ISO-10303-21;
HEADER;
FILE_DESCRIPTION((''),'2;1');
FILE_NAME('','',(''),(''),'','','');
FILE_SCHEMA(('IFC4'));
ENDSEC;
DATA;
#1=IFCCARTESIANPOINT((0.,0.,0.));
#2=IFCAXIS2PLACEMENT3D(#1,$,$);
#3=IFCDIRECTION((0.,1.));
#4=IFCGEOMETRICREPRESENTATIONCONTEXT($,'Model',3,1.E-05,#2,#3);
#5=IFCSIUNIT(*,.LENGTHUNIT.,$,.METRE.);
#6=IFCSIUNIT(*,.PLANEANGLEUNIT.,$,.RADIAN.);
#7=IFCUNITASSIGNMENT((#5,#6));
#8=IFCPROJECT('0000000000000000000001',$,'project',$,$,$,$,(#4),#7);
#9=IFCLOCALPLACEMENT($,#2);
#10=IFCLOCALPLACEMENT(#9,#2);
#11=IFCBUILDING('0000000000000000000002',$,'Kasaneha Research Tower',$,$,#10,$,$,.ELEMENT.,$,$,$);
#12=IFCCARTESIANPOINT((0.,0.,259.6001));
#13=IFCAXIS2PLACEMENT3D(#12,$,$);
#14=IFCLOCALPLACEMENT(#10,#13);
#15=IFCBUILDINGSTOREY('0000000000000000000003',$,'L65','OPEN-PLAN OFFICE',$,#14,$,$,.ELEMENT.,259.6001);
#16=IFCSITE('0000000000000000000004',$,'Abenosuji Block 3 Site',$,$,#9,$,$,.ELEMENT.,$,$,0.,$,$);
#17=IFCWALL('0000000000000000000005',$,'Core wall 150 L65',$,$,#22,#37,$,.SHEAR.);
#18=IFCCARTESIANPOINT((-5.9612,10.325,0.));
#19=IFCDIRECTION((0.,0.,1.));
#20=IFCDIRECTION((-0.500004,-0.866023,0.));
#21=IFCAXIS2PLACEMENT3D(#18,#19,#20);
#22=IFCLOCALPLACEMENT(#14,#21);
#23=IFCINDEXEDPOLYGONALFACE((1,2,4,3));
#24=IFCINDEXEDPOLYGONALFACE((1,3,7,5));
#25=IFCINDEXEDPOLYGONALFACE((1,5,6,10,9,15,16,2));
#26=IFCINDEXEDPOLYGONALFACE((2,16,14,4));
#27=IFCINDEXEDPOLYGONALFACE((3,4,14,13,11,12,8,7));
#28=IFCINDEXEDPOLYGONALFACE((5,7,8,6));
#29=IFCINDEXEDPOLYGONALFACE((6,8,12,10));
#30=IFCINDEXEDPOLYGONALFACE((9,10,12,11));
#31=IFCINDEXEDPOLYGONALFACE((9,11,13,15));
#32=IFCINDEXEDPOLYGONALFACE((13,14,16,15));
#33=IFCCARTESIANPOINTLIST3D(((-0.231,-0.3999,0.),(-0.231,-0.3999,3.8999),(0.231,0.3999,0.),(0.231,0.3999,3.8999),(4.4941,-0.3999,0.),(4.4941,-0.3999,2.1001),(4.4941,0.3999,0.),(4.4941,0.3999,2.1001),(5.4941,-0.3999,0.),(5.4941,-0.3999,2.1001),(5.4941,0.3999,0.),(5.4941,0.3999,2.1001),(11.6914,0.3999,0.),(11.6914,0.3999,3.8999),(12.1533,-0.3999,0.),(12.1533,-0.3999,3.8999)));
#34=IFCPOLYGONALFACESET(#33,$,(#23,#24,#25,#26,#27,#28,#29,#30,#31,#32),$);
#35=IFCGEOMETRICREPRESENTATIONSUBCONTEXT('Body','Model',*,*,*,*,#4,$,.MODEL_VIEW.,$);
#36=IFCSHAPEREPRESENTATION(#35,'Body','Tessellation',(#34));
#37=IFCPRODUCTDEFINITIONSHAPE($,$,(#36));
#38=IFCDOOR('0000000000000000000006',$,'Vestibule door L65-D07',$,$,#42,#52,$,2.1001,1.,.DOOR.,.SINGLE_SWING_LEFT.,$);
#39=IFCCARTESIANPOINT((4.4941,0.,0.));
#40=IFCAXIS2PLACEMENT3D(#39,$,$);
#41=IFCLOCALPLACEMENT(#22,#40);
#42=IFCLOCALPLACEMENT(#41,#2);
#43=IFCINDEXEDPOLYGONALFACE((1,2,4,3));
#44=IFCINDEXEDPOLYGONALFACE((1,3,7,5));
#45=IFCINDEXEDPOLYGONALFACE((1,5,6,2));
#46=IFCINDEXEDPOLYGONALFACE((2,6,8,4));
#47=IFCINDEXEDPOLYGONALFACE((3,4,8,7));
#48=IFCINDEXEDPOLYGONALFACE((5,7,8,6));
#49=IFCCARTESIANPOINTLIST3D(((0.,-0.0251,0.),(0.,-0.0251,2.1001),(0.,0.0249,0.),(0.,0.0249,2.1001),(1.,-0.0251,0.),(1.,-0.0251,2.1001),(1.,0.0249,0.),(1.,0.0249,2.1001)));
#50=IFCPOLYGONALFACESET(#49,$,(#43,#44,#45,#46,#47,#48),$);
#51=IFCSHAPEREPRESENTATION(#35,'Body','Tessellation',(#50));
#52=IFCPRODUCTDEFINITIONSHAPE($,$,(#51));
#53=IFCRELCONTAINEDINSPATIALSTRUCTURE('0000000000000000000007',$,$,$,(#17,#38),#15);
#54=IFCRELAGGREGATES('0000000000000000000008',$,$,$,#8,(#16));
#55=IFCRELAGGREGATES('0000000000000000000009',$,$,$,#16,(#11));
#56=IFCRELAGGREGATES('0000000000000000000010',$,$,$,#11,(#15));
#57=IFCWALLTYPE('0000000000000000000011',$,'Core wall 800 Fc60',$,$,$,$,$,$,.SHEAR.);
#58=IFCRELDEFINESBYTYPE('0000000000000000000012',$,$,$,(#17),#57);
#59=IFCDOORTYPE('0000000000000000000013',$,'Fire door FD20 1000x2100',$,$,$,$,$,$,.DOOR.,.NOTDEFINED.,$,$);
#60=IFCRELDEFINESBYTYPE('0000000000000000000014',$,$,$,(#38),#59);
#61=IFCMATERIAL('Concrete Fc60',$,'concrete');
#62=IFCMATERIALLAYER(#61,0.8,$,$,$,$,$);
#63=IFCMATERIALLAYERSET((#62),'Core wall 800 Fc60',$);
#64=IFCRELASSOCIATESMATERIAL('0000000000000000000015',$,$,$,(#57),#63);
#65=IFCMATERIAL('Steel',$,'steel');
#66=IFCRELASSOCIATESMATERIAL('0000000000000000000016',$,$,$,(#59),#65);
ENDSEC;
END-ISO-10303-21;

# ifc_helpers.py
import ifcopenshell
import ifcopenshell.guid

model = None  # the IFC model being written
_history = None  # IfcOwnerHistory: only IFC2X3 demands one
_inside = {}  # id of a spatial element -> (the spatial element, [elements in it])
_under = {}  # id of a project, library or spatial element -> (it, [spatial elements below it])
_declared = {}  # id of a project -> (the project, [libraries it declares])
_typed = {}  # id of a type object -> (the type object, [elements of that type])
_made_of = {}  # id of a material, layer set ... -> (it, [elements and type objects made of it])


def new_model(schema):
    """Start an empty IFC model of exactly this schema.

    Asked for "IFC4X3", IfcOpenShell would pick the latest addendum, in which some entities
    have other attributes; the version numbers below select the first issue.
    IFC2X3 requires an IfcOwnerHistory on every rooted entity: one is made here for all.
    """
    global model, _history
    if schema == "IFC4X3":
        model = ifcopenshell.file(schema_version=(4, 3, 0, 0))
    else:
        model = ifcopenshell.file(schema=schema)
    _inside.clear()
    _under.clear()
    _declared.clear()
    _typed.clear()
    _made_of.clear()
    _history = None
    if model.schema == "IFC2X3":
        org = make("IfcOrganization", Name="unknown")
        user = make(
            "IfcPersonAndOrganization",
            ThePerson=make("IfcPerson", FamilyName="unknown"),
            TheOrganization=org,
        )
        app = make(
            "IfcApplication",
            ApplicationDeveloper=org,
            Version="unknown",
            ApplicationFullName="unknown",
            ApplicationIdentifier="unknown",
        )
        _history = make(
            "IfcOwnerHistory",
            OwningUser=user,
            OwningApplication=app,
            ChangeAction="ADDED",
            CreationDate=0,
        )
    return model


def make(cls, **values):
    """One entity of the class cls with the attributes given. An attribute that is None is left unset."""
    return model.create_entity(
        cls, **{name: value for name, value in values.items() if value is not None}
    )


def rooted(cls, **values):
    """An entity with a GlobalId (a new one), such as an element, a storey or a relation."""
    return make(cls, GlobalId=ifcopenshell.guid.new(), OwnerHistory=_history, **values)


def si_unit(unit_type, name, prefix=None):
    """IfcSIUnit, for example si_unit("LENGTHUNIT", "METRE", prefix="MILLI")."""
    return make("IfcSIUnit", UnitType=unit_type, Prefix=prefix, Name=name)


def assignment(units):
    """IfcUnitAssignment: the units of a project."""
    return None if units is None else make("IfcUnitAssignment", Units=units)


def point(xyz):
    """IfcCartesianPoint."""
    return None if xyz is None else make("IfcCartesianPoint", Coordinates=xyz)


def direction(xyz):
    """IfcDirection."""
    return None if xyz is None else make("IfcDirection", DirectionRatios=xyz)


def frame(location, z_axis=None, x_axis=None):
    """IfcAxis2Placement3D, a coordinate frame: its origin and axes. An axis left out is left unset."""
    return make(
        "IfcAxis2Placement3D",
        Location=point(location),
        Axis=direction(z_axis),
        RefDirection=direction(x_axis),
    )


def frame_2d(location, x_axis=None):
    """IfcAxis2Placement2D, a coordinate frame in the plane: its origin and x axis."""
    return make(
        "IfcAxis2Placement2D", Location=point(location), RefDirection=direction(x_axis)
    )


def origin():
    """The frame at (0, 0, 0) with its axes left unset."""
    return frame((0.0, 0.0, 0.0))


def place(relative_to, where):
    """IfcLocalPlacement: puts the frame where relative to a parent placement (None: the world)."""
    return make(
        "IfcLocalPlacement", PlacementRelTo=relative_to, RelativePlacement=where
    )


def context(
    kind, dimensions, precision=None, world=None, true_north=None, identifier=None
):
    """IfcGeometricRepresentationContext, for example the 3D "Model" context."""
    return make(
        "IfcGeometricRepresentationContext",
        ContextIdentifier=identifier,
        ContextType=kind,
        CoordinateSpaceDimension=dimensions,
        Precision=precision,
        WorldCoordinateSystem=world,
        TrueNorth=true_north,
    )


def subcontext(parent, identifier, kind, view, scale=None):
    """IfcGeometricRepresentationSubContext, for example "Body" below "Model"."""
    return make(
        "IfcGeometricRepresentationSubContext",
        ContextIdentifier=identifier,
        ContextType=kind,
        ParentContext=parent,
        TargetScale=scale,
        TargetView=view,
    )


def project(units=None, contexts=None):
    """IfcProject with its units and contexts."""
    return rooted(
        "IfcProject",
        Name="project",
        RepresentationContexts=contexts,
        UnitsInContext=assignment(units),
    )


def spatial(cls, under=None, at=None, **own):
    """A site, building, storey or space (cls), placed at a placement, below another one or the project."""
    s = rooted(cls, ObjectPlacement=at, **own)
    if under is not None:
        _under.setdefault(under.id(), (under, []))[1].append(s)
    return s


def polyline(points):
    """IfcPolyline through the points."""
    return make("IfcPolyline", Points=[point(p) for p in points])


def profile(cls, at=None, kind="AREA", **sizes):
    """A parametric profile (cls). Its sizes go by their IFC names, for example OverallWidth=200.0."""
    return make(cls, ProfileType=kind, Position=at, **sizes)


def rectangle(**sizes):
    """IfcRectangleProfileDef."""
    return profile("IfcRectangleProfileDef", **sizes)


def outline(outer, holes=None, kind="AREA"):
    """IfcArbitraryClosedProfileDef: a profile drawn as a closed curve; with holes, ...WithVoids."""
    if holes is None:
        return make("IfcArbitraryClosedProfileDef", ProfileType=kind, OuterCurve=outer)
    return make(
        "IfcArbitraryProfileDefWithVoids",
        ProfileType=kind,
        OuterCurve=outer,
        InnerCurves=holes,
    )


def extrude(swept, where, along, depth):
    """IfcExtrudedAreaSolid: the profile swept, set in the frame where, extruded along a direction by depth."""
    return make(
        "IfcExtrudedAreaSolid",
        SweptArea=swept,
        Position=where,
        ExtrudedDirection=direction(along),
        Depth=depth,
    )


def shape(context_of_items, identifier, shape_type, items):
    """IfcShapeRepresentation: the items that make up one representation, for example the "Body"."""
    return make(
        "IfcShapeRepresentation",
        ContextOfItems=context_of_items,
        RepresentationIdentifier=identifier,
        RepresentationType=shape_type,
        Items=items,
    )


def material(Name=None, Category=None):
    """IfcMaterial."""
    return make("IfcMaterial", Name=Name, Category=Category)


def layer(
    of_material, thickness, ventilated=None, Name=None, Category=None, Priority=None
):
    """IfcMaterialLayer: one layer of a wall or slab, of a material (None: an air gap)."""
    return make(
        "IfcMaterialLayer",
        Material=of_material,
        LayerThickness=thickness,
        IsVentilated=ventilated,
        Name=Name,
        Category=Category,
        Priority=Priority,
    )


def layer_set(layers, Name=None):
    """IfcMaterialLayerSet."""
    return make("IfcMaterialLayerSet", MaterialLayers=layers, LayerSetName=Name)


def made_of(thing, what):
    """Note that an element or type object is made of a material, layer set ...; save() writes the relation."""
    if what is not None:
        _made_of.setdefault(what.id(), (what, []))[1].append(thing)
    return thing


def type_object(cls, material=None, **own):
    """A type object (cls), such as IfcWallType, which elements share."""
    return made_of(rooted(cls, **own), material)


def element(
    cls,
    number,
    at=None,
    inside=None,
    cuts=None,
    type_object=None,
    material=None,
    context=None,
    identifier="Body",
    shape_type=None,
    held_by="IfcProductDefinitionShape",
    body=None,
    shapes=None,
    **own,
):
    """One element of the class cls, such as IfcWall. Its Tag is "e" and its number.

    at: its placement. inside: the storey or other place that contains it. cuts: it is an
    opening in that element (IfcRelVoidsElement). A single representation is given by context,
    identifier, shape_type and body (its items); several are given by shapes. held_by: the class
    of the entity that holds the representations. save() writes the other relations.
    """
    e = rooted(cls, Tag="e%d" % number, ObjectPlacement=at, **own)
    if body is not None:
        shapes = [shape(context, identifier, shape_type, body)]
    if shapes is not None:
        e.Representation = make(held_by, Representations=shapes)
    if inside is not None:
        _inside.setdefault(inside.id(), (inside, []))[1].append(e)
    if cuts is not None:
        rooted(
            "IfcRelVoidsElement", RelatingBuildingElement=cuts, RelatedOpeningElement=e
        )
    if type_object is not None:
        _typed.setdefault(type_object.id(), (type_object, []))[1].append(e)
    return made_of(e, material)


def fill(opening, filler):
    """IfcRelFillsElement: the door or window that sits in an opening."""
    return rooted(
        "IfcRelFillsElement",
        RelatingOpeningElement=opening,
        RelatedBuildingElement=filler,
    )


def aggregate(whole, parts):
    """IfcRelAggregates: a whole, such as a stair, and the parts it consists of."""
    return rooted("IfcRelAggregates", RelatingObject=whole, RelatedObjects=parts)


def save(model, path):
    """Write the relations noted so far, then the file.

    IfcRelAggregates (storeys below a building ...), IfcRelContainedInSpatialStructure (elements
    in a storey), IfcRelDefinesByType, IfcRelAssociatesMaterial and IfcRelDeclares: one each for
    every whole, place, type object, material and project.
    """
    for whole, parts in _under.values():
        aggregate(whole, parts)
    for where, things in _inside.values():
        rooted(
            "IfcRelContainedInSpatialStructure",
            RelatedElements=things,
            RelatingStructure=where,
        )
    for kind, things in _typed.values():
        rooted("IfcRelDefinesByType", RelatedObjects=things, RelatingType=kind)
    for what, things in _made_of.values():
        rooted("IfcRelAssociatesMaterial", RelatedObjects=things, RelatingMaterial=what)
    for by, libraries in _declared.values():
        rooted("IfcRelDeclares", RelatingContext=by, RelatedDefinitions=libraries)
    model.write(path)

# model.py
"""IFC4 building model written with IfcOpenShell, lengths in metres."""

from ifc_helpers import new_model, si_unit, direction, frame, frame_2d, origin, place, context, subcontext, project, spatial, polyline, rectangle, outline, extrude, material, layer, layer_set, type_object, element, fill, save


model = new_model("IFC4")

# Units and contexts
model_context = context("Model", 3, precision=1e-05, world=origin(), true_north=direction((0.0, 1.0)))
body_context = subcontext(model_context, "Body", "Model", "MODEL_VIEW")
ifc_project = project(units=[si_unit("LENGTHUNIT", "METRE"), si_unit("PLANEANGLEUNIT", "RADIAN")], contexts=[model_context])

# Site, building, storey
site_placement = place(None, origin())
site = spatial("IfcSite", under=ifc_project, at=site_placement, Name="Abenosuji Block 3 Site", CompositionType="ELEMENT", RefElevation=0.0)
building_placement = place(site_placement, origin())
building = spatial("IfcBuilding", under=site, at=building_placement, Name="Kasaneha Research Tower", CompositionType="ELEMENT")
storey_placement = place(building_placement, frame((0.0, 0.0, 259.6001)))
storey = spatial("IfcBuildingStorey", under=building, at=storey_placement, Name="L65", Description="OPEN-PLAN OFFICE", CompositionType="ELEMENT", Elevation=259.6001)

# Wall, opening, door
ifc_material_1 = material(Name="Concrete Fc60", Category="concrete")
ifc_layer_1 = layer(ifc_material_1, 0.8)
ifc_layer_set_1 = layer_set([ifc_layer_1], Name="Core wall 800 Fc60")
wall_type_1 = type_object("IfcWallType", Name="Core wall 800 Fc60", PredefinedType="SHEAR", material=ifc_layer_set_1)
wall_1_placement = place(storey_placement, frame((-5.9612, 10.325, 0.0), z_axis=(0.0, 0.0, 1.0), x_axis=(-0.500004, -0.866023, 0.0)))
wall_1 = element("IfcWall", 1, at=wall_1_placement, inside=storey, type_object=wall_type_1, Name="Core wall 150 L65", PredefinedType="SHEAR", context=body_context, shape_type="SweptSolid", body=[
    extrude(outline(polyline([(-0.231, -0.3999), (4.4941, -0.3999), (5.4941, -0.3999), (12.1533, -0.3999), (11.6914, 0.3999), (5.4941, 0.3999), (4.4941, 0.3999), (0.231, 0.3999), (-0.231, -0.3999)])), origin(), (0.0, 0.0, 1.0), 3.8999),
])
opening_1_placement = place(wall_1_placement, frame((4.4941, 0.0, 0.0)))
opening_1 = element("IfcOpeningElement", 2, at=opening_1_placement, cuts=wall_1, PredefinedType="OPENING", context=body_context, shape_type="SweptSolid", body=[
    extrude(rectangle(XDim=1.0, YDim=2.1001, at=frame_2d((0.5, 1.05))), frame((0.0, 0.4102, 0.0), z_axis=(0.0, -1.0, 0.0), x_axis=(1.0, 0.0, 0.0)), (0.0, 0.0, 1.0), 0.8201),
])
ifc_material_2 = material(Name="Steel", Category="steel")
door_type_1 = type_object("IfcDoorType", Name="Fire door FD20 1000x2100", OperationType="NOTDEFINED", PredefinedType="DOOR", material=ifc_material_2)
door_1_placement = place(opening_1_placement, origin())
door_1 = element("IfcDoor", 3, at=door_1_placement, inside=storey, type_object=door_type_1, Name="Vestibule door L65-D07", OperationType="SINGLE_SWING_LEFT", OverallHeight=2.1001, OverallWidth=1.0, PredefinedType="DOOR", context=body_context, shape_type="SweptSolid", body=[
    extrude(rectangle(XDim=1.0, YDim=2.1001, at=frame_2d((0.5, 1.05))), frame((0.0, 0.0249, 0.0), z_axis=(0.0, -1.0, 0.0), x_axis=(1.0, 0.0, 0.0)), (0.0, 0.0, 1.0), 0.05),
])
fill(opening_1, door_1)

save(model, "model.ifc")
